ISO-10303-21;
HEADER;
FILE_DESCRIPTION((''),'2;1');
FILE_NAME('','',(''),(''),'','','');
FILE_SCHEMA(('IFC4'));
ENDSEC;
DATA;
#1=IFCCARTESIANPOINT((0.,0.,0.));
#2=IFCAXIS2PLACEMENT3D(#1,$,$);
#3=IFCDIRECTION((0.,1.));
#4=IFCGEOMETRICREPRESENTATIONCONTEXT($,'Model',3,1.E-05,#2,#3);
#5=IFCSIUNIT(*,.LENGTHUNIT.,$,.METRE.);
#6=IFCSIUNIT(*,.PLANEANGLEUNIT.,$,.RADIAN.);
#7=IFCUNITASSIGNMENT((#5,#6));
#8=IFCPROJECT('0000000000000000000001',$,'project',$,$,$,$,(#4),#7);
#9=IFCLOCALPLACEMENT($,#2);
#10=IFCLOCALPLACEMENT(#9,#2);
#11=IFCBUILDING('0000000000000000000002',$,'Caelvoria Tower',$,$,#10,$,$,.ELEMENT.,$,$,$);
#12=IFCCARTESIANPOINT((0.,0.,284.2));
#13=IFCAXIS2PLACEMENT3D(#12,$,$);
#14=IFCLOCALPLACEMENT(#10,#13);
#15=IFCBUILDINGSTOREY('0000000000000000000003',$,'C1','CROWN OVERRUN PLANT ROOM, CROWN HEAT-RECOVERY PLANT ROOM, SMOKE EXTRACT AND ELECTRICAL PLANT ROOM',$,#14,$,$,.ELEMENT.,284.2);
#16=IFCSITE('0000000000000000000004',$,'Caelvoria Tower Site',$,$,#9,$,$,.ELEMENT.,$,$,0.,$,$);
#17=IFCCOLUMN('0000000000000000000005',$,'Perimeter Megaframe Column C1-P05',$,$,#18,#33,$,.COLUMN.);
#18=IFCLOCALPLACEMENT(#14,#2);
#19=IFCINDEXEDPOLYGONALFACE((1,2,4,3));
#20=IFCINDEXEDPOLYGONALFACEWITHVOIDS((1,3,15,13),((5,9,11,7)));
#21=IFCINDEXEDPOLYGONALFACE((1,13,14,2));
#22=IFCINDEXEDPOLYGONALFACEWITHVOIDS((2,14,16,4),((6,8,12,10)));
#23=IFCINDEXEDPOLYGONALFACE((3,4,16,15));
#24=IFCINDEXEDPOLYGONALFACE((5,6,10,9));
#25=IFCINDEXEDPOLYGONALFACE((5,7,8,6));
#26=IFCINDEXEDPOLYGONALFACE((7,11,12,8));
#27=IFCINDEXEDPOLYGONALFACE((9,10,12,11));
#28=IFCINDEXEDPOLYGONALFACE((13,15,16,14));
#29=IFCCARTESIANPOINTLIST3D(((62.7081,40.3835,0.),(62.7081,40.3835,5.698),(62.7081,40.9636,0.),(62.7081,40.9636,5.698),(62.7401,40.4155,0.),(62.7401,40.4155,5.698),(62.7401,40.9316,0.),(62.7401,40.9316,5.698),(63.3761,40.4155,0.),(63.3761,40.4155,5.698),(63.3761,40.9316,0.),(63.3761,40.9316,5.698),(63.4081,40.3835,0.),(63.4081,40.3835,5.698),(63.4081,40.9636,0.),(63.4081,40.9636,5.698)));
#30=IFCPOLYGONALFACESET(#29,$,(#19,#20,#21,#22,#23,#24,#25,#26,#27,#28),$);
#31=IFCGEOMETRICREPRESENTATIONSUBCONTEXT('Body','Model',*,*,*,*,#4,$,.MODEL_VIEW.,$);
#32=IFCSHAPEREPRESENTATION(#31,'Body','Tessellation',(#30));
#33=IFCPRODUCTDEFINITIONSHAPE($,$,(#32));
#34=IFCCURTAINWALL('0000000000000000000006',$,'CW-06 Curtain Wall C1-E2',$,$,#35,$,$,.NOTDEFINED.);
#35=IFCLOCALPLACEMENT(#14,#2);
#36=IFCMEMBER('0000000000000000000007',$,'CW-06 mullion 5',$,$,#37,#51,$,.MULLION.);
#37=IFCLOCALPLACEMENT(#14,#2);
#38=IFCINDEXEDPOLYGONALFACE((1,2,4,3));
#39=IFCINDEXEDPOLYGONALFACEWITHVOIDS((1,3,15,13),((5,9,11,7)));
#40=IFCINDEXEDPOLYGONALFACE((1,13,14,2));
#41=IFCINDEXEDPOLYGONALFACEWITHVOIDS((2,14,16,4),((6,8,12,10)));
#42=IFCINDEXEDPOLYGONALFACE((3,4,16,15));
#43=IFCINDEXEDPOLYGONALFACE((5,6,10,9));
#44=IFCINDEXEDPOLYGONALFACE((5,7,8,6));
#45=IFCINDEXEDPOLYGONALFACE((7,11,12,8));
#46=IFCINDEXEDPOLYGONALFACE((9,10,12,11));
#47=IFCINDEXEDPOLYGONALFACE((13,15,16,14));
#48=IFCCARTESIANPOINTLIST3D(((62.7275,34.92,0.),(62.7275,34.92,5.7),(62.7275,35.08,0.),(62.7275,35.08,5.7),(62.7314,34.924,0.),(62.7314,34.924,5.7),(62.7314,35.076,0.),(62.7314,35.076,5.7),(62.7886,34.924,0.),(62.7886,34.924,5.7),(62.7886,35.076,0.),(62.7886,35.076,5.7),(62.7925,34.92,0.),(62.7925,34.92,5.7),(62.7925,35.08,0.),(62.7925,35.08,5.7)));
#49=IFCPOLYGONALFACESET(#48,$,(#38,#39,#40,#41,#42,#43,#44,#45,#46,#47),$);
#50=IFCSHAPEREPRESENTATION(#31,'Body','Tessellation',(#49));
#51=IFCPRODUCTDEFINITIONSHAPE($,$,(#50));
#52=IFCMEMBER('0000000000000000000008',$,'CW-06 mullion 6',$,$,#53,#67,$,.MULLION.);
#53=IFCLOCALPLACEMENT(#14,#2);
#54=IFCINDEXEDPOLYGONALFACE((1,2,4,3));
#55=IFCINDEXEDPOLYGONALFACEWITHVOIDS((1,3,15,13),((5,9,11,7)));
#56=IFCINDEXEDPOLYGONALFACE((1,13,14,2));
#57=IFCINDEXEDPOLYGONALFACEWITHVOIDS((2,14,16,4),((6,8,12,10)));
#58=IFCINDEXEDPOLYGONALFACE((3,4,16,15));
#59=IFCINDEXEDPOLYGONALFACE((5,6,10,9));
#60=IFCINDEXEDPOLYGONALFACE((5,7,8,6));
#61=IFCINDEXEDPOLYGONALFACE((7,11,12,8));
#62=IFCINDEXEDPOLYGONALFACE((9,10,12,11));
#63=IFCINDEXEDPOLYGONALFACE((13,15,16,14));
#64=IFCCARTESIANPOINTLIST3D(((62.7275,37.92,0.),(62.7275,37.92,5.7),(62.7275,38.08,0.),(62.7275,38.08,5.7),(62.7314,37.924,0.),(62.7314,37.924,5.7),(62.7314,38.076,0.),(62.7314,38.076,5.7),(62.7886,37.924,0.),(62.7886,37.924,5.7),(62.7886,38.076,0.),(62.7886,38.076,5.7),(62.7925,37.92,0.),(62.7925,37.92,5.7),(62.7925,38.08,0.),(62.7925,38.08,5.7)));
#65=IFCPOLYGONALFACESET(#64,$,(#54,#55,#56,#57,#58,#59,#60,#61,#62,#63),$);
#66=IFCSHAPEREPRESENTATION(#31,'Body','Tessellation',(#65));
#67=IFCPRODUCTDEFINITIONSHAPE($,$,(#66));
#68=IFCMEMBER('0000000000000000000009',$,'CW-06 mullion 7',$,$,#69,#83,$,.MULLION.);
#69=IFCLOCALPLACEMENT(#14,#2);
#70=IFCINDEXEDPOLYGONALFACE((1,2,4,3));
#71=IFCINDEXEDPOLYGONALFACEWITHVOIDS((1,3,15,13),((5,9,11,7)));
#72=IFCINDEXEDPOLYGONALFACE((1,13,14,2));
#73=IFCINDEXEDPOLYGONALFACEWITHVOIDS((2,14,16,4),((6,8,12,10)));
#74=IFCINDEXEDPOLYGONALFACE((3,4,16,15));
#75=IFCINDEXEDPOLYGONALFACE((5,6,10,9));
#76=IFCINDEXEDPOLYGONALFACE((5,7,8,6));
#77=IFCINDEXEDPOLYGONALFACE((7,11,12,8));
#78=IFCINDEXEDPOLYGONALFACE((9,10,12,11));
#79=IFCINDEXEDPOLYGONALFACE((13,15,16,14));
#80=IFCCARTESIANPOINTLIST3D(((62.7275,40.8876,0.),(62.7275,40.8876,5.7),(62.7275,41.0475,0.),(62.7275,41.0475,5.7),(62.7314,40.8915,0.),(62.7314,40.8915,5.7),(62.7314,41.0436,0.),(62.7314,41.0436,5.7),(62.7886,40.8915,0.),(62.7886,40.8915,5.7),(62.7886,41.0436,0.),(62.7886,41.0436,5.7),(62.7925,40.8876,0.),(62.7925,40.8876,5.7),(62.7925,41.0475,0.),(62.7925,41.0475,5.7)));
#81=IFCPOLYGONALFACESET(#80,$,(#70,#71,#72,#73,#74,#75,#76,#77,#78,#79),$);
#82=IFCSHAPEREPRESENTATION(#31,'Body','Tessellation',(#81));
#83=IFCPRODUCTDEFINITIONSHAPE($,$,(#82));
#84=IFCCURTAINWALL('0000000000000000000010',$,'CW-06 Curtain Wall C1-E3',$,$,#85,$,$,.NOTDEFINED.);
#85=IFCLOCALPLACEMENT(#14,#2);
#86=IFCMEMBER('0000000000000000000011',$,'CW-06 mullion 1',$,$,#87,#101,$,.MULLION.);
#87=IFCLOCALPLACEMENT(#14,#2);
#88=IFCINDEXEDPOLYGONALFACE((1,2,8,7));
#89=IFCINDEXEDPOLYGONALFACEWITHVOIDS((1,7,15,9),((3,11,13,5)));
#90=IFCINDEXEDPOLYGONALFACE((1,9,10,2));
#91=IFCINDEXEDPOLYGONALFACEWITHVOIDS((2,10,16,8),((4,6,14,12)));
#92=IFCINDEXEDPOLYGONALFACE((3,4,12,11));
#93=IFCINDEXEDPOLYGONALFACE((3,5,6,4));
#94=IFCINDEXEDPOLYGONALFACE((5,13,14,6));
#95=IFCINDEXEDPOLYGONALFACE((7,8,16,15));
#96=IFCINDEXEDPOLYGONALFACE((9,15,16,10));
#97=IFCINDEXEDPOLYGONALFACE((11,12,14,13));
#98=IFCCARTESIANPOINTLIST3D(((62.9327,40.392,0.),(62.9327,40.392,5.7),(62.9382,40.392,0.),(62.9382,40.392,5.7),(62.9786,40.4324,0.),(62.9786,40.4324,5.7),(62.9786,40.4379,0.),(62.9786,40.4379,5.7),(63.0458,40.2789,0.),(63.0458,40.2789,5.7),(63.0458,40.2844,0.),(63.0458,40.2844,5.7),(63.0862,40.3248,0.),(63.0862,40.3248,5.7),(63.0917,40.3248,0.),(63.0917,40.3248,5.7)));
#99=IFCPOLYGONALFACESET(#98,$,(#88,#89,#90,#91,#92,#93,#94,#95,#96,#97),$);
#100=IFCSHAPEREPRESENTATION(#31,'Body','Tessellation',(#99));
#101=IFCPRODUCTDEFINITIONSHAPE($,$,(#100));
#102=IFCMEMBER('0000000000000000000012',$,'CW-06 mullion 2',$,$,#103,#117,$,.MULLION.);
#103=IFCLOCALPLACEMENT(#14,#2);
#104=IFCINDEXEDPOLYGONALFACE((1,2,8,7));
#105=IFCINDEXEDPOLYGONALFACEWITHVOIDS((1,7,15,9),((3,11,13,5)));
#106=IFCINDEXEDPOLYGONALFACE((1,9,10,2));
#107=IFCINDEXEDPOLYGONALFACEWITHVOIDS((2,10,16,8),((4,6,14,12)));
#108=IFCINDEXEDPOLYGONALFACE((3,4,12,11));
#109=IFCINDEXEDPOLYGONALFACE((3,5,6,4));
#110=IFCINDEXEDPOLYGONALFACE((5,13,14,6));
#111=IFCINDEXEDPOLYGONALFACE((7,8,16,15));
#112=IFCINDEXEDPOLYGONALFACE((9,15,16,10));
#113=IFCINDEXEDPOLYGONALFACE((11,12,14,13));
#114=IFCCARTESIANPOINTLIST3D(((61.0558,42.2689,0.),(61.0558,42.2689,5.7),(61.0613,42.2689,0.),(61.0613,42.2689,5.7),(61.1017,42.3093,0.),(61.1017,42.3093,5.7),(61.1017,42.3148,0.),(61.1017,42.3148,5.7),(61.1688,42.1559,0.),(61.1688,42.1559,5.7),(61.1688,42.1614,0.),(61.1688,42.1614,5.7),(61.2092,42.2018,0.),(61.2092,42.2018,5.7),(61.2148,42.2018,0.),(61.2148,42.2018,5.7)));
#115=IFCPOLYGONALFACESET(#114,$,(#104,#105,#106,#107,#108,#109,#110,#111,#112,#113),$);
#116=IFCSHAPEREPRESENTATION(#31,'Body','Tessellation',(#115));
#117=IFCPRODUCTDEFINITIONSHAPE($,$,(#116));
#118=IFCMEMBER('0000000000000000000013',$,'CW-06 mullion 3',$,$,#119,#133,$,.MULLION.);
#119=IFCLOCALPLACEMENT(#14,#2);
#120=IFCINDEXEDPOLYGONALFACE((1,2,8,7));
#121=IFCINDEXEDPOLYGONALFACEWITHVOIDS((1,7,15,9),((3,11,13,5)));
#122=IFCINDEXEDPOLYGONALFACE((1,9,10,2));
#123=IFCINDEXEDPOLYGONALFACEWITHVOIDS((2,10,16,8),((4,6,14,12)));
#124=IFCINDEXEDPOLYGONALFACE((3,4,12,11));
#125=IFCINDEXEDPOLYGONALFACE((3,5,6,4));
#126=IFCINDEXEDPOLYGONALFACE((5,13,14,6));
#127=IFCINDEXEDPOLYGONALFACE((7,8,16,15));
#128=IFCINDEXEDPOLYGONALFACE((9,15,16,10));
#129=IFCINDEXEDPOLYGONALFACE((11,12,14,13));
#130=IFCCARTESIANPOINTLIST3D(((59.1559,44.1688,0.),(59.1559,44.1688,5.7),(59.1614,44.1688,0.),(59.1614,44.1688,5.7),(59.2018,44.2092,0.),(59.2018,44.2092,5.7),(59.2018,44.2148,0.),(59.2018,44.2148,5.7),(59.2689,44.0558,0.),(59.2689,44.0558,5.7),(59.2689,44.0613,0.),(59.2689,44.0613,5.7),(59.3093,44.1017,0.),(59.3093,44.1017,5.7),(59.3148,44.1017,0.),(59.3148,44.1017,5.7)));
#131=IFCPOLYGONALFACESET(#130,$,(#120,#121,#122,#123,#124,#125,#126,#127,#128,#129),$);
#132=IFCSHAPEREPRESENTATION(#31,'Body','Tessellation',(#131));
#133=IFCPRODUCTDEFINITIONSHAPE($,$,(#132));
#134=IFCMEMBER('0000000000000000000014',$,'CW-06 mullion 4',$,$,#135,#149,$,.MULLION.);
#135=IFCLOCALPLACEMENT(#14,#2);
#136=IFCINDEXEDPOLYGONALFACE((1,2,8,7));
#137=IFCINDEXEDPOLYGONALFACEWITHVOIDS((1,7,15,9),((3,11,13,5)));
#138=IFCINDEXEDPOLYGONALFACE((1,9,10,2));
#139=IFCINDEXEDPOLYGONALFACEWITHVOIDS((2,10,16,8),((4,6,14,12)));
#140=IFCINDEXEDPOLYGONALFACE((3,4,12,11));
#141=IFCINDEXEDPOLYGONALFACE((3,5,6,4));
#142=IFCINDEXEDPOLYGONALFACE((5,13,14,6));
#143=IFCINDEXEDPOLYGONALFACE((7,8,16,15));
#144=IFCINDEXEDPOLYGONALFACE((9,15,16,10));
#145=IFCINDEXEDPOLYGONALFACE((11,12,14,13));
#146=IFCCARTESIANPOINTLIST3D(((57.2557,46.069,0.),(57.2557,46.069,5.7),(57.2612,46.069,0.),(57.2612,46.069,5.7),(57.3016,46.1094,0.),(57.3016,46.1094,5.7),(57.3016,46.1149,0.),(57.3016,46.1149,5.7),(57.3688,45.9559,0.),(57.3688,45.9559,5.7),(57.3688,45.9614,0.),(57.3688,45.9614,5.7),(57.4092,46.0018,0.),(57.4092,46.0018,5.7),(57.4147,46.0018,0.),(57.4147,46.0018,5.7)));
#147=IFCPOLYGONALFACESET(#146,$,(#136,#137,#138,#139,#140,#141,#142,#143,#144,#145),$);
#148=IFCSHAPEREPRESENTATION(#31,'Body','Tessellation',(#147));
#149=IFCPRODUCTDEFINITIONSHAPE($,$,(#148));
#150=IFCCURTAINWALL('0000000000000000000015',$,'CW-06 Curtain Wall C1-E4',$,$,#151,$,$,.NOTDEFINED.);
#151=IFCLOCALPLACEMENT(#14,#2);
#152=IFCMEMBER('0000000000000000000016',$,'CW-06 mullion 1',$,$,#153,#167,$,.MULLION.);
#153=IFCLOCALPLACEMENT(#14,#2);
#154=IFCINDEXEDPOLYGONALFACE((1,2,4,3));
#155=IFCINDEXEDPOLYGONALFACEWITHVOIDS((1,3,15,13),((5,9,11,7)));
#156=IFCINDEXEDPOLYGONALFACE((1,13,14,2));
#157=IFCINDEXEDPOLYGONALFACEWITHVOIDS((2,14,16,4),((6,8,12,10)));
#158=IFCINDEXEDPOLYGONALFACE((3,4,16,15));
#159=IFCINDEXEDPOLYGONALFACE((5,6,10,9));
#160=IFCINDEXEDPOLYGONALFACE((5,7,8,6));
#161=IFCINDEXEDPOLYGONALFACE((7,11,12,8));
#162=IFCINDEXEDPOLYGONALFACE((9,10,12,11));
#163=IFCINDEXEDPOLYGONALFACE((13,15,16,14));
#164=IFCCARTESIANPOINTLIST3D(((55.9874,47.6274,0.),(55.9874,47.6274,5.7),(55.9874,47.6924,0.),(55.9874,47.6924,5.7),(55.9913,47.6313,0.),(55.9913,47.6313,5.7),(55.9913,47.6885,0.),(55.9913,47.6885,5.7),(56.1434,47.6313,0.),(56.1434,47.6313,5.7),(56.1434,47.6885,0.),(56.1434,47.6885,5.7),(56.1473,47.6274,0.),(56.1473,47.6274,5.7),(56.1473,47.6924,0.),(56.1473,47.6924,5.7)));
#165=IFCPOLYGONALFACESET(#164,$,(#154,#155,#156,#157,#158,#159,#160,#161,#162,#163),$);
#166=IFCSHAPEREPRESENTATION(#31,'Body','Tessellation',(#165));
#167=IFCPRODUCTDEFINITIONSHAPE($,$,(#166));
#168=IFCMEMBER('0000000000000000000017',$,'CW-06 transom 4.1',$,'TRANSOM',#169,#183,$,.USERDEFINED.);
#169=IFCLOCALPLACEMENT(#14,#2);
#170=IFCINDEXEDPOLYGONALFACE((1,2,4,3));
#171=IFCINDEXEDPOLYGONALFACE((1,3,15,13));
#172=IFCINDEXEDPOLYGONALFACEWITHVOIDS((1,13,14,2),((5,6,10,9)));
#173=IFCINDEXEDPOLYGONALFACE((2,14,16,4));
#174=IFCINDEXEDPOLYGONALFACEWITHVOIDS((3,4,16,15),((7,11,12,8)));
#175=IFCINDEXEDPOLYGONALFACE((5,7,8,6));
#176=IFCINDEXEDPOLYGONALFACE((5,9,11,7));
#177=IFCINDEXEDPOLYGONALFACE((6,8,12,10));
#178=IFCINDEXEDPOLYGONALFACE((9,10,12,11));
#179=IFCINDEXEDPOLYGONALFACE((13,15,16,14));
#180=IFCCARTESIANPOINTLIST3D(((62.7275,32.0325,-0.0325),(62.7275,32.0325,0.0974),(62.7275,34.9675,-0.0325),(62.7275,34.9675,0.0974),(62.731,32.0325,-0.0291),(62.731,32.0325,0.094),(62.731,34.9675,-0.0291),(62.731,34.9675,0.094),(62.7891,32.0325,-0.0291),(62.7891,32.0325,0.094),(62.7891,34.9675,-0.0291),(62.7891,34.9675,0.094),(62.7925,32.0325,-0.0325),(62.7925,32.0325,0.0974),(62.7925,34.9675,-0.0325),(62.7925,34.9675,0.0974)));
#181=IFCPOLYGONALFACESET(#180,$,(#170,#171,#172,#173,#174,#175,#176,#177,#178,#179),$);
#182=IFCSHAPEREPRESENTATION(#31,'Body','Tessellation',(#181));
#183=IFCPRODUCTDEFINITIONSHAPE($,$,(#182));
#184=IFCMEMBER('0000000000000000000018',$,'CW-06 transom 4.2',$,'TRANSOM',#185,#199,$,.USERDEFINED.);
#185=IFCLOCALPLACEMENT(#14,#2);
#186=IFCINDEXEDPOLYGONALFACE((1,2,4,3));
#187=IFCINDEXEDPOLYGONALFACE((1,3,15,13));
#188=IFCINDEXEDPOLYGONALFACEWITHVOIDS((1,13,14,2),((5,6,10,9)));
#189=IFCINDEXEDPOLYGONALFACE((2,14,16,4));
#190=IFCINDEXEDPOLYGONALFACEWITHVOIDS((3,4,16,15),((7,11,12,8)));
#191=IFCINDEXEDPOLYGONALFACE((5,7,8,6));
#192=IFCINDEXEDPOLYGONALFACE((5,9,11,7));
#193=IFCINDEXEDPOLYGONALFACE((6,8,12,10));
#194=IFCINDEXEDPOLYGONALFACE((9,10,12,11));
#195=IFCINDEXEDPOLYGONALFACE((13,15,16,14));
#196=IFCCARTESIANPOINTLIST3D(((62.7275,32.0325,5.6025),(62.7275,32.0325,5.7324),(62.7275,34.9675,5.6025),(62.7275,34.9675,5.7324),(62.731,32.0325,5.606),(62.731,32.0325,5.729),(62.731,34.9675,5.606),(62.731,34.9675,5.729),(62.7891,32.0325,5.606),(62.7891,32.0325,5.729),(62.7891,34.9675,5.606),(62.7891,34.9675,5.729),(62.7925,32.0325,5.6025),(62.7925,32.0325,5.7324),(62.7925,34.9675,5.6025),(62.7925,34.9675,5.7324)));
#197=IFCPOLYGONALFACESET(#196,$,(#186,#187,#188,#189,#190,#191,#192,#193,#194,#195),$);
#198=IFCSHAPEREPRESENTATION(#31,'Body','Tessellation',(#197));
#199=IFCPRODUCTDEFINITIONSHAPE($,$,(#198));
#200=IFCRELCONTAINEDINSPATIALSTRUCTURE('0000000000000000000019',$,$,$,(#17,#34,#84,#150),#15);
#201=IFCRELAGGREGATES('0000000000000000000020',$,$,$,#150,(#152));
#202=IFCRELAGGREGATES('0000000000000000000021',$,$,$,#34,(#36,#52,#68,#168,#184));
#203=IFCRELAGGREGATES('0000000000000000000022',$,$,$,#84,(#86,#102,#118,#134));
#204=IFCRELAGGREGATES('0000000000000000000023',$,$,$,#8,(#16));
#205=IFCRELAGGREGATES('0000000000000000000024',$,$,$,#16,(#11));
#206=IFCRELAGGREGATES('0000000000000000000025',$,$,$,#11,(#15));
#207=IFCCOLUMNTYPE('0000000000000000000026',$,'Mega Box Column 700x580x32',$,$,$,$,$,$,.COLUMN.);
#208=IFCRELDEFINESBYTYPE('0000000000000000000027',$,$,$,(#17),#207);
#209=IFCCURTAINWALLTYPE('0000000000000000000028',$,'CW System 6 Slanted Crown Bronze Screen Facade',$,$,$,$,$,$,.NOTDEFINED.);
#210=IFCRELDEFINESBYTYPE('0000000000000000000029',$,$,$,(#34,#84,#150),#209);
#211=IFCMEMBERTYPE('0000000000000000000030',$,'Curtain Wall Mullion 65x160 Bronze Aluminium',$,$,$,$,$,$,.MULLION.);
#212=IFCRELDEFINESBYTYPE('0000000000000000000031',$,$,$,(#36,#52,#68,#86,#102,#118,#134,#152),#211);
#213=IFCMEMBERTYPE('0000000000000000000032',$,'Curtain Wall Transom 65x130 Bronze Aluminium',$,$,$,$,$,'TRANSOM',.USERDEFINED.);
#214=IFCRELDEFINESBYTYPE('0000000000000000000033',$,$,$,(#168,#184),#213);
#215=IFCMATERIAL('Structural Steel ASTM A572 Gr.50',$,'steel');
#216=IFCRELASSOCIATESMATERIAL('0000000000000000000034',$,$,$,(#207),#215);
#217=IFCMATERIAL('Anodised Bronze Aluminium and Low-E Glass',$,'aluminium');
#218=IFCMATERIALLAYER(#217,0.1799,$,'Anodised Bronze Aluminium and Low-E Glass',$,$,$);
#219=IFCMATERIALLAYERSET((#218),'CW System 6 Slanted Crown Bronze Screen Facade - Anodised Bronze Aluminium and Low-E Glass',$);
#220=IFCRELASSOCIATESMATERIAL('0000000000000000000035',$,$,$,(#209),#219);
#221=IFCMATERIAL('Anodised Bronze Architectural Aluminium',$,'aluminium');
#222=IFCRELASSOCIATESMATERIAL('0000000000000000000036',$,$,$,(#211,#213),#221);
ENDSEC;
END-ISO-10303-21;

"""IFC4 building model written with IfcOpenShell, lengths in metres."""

from ifc_helpers import new_model, si_unit, direction, frame, origin, origin_2d, place, context, subcontext, project, spatial, hollow_rectangle, extrude, material, layer, layer_set, material_profile, profile_set, type_object, element, aggregate, save


model = new_model("IFC4")

# Units and contexts
model_context = context("Model", 3, precision=1e-05, world=origin(), true_north=direction((0.0, 1.0)))
body_context = subcontext(model_context, "Body", "Model", "MODEL_VIEW")
ifc_project = project(units=[si_unit("LENGTHUNIT", "METRE"), si_unit("PLANEANGLEUNIT", "RADIAN")], contexts=[model_context])

# Site, building, storey
site_placement = place(None, origin())
site = spatial("IfcSite", under=ifc_project, at=site_placement, Name="Caelvoria Tower Site", CompositionType="ELEMENT", RefElevation=0.0)
building_placement = place(site_placement, origin())
building = spatial("IfcBuilding", under=site, at=building_placement, Name="Caelvoria Tower", CompositionType="ELEMENT")
storey_placement = place(building_placement, frame((0.0, 0.0, 284.2)))
storey = spatial("IfcBuildingStorey", under=building, at=storey_placement, Name="C1", Description="CROWN OVERRUN PLANT ROOM, CROWN HEAT-RECOVERY PLANT ROOM, SMOKE EXTRACT AND ELECTRICAL PLANT ROOM", CompositionType="ELEMENT", Elevation=284.2)

# Column
ifc_material_1 = material(Name="Structural Steel ASTM A572 Gr.50", Category="steel")
ifc_material_profile_1 = material_profile(ifc_material_1, hollow_rectangle(XDim=0.5801, YDim=0.7, WallThickness=0.032, at=origin_2d()), Name="Structural Steel ASTM A572 Gr.50")
ifc_profile_set_1 = profile_set([ifc_material_profile_1], Name="BOX700X580X32 - Structural Steel ASTM A572 Gr.50")
column_type = type_object("IfcColumnType", Name="Mega Box Column 700x580x32", PredefinedType="COLUMN", material=ifc_profile_set_1)
column_placement = place(storey_placement, frame((63.0581, 40.6736, 0.0), z_axis=(0.0, 0.0, 1.0), x_axis=(0.0, 1.0, 0.0)))
element("IfcColumn", 1, at=column_placement, inside=storey, type_object=column_type, Name="Perimeter Megaframe Column C1-P05", PredefinedType="COLUMN", context=body_context, shape_type="SweptSolid", body=[
    extrude(hollow_rectangle(XDim=0.5801, YDim=0.7, WallThickness=0.032, at=origin_2d()), origin(), (0.0, 0.0, 1.0), 5.698),
])

# Curtain walls, members
ifc_material_2 = material(Name="Anodised Bronze Aluminium and Low-E Glass", Category="aluminium")
ifc_layer_1 = layer(ifc_material_2, 0.1799, Name="Anodised Bronze Aluminium and Low-E Glass")
ifc_layer_set_1 = layer_set([ifc_layer_1], Name="CW System 6 Slanted Crown Bronze Screen Facade - Anodised Bronze Aluminium and Low-E Glass")
curtain_wall_type = type_object("IfcCurtainWallType", Name="CW System 6 Slanted Crown Bronze Screen Facade", PredefinedType="NOTDEFINED", material=ifc_layer_set_1)
curtain_wall_1_placement = place(storey_placement, origin())
curtain_wall_1 = element("IfcCurtainWall", 2, at=curtain_wall_1_placement, inside=storey, type_object=curtain_wall_type, Name="CW-06 Curtain Wall C1-E2", PredefinedType="NOTDEFINED")
ifc_material_3 = material(Name="Anodised Bronze Architectural Aluminium", Category="aluminium")
ifc_material_profile_2 = material_profile(ifc_material_3, hollow_rectangle(XDim=0.0649, YDim=0.1599, WallThickness=0.0039, at=origin_2d()), Name="Anodised Bronze Architectural Aluminium")
ifc_profile_set_2 = profile_set([ifc_material_profile_2], Name="CW_MULL_65X160 - Anodised Bronze Architectural Aluminium")
member_type_1 = type_object("IfcMemberType", Name="Curtain Wall Mullion 65x160 Bronze Aluminium", PredefinedType="MULLION", material=ifc_profile_set_2)
member_1_placement = place(storey_placement, frame((62.76, 35.0, 0.0), z_axis=(0.0, 0.0, 1.0), x_axis=(-1.0, 0.0, 0.0)))
member_1 = element("IfcMember", 3, at=member_1_placement, type_object=member_type_1, Name="CW-06 mullion 5", PredefinedType="MULLION", context=body_context, shape_type="SweptSolid", body=[
    extrude(hollow_rectangle(XDim=0.0649, YDim=0.1599, WallThickness=0.0039, at=origin_2d()), origin(), (0.0, 0.0, 1.0), 5.7),
])
member_2_placement = place(storey_placement, frame((62.76, 38.0, 0.0), z_axis=(0.0, 0.0, 1.0), x_axis=(-1.0, 0.0, 0.0)))
member_2 = element("IfcMember", 4, at=member_2_placement, type_object=member_type_1, Name="CW-06 mullion 6", PredefinedType="MULLION", context=body_context, shape_type="SweptSolid", body=[
    extrude(hollow_rectangle(XDim=0.0649, YDim=0.1599, WallThickness=0.0039, at=origin_2d()), origin(), (0.0, 0.0, 1.0), 5.7),
])
member_3_placement = place(storey_placement, frame((62.76, 40.9675, 0.0), z_axis=(0.0, 0.0, 1.0), x_axis=(-1.0, 0.0, 0.0)))
member_3 = element("IfcMember", 5, at=member_3_placement, type_object=member_type_1, Name="CW-06 mullion 7", PredefinedType="MULLION", context=body_context, shape_type="SweptSolid", body=[
    extrude(hollow_rectangle(XDim=0.0649, YDim=0.1599, WallThickness=0.0039, at=origin_2d()), origin(), (0.0, 0.0, 1.0), 5.7),
])
curtain_wall_2_placement = place(storey_placement, origin())
curtain_wall_2 = element("IfcCurtainWall", 6, at=curtain_wall_2_placement, inside=storey, type_object=curtain_wall_type, Name="CW-06 Curtain Wall C1-E3", PredefinedType="NOTDEFINED")
member_4_placement = place(storey_placement, frame((63.0122, 40.3584, 0.0), z_axis=(0.0, 0.0, 1.0), x_axis=(-0.707107, -0.707107, 0.0)))
member_4 = element("IfcMember", 7, at=member_4_placement, type_object=member_type_1, Name="CW-06 mullion 1", PredefinedType="MULLION", context=body_context, shape_type="SweptSolid", body=[
    extrude(hollow_rectangle(XDim=0.0649, YDim=0.1599, WallThickness=0.0039, at=origin_2d()), origin(), (0.0, 0.0, 1.0), 5.7),
])
member_5_placement = place(storey_placement, frame((61.1353, 42.2354, 0.0), z_axis=(0.0, 0.0, 1.0), x_axis=(-0.707107, -0.707107, 0.0)))
member_5 = element("IfcMember", 8, at=member_5_placement, type_object=member_type_1, Name="CW-06 mullion 2", PredefinedType="MULLION", context=body_context, shape_type="SweptSolid", body=[
    extrude(hollow_rectangle(XDim=0.0649, YDim=0.1599, WallThickness=0.0039, at=origin_2d()), origin(), (0.0, 0.0, 1.0), 5.7),
])
member_6_placement = place(storey_placement, frame((59.2354, 44.1353, 0.0), z_axis=(0.0, 0.0, 1.0), x_axis=(-0.707107, -0.707107, 0.0)))
member_6 = element("IfcMember", 9, at=member_6_placement, type_object=member_type_1, Name="CW-06 mullion 3", PredefinedType="MULLION", context=body_context, shape_type="SweptSolid", body=[
    extrude(hollow_rectangle(XDim=0.0649, YDim=0.1599, WallThickness=0.0039, at=origin_2d()), origin(), (0.0, 0.0, 1.0), 5.7),
])
member_7_placement = place(storey_placement, frame((57.3352, 46.0354, 0.0), z_axis=(0.0, 0.0, 1.0), x_axis=(-0.707107, -0.707107, 0.0)))
member_7 = element("IfcMember", 10, at=member_7_placement, type_object=member_type_1, Name="CW-06 mullion 4", PredefinedType="MULLION", context=body_context, shape_type="SweptSolid", body=[
    extrude(hollow_rectangle(XDim=0.0649, YDim=0.1599, WallThickness=0.0039, at=origin_2d()), origin(), (0.0, 0.0, 1.0), 5.7),
])

# Curtain wall, member
curtain_wall_3_placement = place(storey_placement, origin())
curtain_wall_3 = element("IfcCurtainWall", 11, at=curtain_wall_3_placement, inside=storey, type_object=curtain_wall_type, Name="CW-06 Curtain Wall C1-E4", PredefinedType="NOTDEFINED")
member_8_placement = place(storey_placement, frame((56.0674, 47.6599, 0.0), z_axis=(0.0, 0.0, 1.0), x_axis=(0.0, -1.0, 0.0)))
member_8 = element("IfcMember", 12, at=member_8_placement, type_object=member_type_1, Name="CW-06 mullion 1", PredefinedType="MULLION", context=body_context, shape_type="SweptSolid", body=[
    extrude(hollow_rectangle(XDim=0.0649, YDim=0.1599, WallThickness=0.0039, at=origin_2d()), origin(), (0.0, 0.0, 1.0), 5.7),
])

# Members
ifc_material_profile_3 = material_profile(ifc_material_3, hollow_rectangle(XDim=0.0649, YDim=0.1299, WallThickness=0.0034, at=origin_2d()), Name="Anodised Bronze Architectural Aluminium")
ifc_profile_set_3 = profile_set([ifc_material_profile_3], Name="CW_TRAN_65X130 - Anodised Bronze Architectural Aluminium")
member_type_2 = type_object("IfcMemberType", Name="Curtain Wall Transom 65x130 Bronze Aluminium", ElementType="TRANSOM", PredefinedType="USERDEFINED", material=ifc_profile_set_3)
member_9_placement = place(storey_placement, frame((62.76, 32.0325, 0.0325), z_axis=(0.0, 1.0, 0.0), x_axis=(-1.0, 0.0, 0.0)))
member_9 = element("IfcMember", 13, at=member_9_placement, type_object=member_type_2, Name="CW-06 transom 4.1", ObjectType="TRANSOM", PredefinedType="USERDEFINED", context=body_context, shape_type="SweptSolid", body=[
    extrude(hollow_rectangle(XDim=0.0649, YDim=0.1299, WallThickness=0.0034, at=origin_2d()), origin(), (0.0, 0.0, 1.0), 2.9351),
])
member_10_placement = place(storey_placement, frame((62.76, 32.0325, 5.6675), z_axis=(0.0, 1.0, 0.0), x_axis=(-1.0, 0.0, 0.0)))
member_10 = element("IfcMember", 14, at=member_10_placement, type_object=member_type_2, Name="CW-06 transom 4.2", ObjectType="TRANSOM", PredefinedType="USERDEFINED", context=body_context, shape_type="SweptSolid", body=[
    extrude(hollow_rectangle(XDim=0.0649, YDim=0.1299, WallThickness=0.0034, at=origin_2d()), origin(), (0.0, 0.0, 1.0), 2.9351),
])
aggregate(curtain_wall_3, [member_8])

aggregate(curtain_wall_1, [member_1, member_2, member_3, member_9, member_10])
aggregate(curtain_wall_2, [member_4, member_5, member_6, member_7])

save(model, "model.ifc")
